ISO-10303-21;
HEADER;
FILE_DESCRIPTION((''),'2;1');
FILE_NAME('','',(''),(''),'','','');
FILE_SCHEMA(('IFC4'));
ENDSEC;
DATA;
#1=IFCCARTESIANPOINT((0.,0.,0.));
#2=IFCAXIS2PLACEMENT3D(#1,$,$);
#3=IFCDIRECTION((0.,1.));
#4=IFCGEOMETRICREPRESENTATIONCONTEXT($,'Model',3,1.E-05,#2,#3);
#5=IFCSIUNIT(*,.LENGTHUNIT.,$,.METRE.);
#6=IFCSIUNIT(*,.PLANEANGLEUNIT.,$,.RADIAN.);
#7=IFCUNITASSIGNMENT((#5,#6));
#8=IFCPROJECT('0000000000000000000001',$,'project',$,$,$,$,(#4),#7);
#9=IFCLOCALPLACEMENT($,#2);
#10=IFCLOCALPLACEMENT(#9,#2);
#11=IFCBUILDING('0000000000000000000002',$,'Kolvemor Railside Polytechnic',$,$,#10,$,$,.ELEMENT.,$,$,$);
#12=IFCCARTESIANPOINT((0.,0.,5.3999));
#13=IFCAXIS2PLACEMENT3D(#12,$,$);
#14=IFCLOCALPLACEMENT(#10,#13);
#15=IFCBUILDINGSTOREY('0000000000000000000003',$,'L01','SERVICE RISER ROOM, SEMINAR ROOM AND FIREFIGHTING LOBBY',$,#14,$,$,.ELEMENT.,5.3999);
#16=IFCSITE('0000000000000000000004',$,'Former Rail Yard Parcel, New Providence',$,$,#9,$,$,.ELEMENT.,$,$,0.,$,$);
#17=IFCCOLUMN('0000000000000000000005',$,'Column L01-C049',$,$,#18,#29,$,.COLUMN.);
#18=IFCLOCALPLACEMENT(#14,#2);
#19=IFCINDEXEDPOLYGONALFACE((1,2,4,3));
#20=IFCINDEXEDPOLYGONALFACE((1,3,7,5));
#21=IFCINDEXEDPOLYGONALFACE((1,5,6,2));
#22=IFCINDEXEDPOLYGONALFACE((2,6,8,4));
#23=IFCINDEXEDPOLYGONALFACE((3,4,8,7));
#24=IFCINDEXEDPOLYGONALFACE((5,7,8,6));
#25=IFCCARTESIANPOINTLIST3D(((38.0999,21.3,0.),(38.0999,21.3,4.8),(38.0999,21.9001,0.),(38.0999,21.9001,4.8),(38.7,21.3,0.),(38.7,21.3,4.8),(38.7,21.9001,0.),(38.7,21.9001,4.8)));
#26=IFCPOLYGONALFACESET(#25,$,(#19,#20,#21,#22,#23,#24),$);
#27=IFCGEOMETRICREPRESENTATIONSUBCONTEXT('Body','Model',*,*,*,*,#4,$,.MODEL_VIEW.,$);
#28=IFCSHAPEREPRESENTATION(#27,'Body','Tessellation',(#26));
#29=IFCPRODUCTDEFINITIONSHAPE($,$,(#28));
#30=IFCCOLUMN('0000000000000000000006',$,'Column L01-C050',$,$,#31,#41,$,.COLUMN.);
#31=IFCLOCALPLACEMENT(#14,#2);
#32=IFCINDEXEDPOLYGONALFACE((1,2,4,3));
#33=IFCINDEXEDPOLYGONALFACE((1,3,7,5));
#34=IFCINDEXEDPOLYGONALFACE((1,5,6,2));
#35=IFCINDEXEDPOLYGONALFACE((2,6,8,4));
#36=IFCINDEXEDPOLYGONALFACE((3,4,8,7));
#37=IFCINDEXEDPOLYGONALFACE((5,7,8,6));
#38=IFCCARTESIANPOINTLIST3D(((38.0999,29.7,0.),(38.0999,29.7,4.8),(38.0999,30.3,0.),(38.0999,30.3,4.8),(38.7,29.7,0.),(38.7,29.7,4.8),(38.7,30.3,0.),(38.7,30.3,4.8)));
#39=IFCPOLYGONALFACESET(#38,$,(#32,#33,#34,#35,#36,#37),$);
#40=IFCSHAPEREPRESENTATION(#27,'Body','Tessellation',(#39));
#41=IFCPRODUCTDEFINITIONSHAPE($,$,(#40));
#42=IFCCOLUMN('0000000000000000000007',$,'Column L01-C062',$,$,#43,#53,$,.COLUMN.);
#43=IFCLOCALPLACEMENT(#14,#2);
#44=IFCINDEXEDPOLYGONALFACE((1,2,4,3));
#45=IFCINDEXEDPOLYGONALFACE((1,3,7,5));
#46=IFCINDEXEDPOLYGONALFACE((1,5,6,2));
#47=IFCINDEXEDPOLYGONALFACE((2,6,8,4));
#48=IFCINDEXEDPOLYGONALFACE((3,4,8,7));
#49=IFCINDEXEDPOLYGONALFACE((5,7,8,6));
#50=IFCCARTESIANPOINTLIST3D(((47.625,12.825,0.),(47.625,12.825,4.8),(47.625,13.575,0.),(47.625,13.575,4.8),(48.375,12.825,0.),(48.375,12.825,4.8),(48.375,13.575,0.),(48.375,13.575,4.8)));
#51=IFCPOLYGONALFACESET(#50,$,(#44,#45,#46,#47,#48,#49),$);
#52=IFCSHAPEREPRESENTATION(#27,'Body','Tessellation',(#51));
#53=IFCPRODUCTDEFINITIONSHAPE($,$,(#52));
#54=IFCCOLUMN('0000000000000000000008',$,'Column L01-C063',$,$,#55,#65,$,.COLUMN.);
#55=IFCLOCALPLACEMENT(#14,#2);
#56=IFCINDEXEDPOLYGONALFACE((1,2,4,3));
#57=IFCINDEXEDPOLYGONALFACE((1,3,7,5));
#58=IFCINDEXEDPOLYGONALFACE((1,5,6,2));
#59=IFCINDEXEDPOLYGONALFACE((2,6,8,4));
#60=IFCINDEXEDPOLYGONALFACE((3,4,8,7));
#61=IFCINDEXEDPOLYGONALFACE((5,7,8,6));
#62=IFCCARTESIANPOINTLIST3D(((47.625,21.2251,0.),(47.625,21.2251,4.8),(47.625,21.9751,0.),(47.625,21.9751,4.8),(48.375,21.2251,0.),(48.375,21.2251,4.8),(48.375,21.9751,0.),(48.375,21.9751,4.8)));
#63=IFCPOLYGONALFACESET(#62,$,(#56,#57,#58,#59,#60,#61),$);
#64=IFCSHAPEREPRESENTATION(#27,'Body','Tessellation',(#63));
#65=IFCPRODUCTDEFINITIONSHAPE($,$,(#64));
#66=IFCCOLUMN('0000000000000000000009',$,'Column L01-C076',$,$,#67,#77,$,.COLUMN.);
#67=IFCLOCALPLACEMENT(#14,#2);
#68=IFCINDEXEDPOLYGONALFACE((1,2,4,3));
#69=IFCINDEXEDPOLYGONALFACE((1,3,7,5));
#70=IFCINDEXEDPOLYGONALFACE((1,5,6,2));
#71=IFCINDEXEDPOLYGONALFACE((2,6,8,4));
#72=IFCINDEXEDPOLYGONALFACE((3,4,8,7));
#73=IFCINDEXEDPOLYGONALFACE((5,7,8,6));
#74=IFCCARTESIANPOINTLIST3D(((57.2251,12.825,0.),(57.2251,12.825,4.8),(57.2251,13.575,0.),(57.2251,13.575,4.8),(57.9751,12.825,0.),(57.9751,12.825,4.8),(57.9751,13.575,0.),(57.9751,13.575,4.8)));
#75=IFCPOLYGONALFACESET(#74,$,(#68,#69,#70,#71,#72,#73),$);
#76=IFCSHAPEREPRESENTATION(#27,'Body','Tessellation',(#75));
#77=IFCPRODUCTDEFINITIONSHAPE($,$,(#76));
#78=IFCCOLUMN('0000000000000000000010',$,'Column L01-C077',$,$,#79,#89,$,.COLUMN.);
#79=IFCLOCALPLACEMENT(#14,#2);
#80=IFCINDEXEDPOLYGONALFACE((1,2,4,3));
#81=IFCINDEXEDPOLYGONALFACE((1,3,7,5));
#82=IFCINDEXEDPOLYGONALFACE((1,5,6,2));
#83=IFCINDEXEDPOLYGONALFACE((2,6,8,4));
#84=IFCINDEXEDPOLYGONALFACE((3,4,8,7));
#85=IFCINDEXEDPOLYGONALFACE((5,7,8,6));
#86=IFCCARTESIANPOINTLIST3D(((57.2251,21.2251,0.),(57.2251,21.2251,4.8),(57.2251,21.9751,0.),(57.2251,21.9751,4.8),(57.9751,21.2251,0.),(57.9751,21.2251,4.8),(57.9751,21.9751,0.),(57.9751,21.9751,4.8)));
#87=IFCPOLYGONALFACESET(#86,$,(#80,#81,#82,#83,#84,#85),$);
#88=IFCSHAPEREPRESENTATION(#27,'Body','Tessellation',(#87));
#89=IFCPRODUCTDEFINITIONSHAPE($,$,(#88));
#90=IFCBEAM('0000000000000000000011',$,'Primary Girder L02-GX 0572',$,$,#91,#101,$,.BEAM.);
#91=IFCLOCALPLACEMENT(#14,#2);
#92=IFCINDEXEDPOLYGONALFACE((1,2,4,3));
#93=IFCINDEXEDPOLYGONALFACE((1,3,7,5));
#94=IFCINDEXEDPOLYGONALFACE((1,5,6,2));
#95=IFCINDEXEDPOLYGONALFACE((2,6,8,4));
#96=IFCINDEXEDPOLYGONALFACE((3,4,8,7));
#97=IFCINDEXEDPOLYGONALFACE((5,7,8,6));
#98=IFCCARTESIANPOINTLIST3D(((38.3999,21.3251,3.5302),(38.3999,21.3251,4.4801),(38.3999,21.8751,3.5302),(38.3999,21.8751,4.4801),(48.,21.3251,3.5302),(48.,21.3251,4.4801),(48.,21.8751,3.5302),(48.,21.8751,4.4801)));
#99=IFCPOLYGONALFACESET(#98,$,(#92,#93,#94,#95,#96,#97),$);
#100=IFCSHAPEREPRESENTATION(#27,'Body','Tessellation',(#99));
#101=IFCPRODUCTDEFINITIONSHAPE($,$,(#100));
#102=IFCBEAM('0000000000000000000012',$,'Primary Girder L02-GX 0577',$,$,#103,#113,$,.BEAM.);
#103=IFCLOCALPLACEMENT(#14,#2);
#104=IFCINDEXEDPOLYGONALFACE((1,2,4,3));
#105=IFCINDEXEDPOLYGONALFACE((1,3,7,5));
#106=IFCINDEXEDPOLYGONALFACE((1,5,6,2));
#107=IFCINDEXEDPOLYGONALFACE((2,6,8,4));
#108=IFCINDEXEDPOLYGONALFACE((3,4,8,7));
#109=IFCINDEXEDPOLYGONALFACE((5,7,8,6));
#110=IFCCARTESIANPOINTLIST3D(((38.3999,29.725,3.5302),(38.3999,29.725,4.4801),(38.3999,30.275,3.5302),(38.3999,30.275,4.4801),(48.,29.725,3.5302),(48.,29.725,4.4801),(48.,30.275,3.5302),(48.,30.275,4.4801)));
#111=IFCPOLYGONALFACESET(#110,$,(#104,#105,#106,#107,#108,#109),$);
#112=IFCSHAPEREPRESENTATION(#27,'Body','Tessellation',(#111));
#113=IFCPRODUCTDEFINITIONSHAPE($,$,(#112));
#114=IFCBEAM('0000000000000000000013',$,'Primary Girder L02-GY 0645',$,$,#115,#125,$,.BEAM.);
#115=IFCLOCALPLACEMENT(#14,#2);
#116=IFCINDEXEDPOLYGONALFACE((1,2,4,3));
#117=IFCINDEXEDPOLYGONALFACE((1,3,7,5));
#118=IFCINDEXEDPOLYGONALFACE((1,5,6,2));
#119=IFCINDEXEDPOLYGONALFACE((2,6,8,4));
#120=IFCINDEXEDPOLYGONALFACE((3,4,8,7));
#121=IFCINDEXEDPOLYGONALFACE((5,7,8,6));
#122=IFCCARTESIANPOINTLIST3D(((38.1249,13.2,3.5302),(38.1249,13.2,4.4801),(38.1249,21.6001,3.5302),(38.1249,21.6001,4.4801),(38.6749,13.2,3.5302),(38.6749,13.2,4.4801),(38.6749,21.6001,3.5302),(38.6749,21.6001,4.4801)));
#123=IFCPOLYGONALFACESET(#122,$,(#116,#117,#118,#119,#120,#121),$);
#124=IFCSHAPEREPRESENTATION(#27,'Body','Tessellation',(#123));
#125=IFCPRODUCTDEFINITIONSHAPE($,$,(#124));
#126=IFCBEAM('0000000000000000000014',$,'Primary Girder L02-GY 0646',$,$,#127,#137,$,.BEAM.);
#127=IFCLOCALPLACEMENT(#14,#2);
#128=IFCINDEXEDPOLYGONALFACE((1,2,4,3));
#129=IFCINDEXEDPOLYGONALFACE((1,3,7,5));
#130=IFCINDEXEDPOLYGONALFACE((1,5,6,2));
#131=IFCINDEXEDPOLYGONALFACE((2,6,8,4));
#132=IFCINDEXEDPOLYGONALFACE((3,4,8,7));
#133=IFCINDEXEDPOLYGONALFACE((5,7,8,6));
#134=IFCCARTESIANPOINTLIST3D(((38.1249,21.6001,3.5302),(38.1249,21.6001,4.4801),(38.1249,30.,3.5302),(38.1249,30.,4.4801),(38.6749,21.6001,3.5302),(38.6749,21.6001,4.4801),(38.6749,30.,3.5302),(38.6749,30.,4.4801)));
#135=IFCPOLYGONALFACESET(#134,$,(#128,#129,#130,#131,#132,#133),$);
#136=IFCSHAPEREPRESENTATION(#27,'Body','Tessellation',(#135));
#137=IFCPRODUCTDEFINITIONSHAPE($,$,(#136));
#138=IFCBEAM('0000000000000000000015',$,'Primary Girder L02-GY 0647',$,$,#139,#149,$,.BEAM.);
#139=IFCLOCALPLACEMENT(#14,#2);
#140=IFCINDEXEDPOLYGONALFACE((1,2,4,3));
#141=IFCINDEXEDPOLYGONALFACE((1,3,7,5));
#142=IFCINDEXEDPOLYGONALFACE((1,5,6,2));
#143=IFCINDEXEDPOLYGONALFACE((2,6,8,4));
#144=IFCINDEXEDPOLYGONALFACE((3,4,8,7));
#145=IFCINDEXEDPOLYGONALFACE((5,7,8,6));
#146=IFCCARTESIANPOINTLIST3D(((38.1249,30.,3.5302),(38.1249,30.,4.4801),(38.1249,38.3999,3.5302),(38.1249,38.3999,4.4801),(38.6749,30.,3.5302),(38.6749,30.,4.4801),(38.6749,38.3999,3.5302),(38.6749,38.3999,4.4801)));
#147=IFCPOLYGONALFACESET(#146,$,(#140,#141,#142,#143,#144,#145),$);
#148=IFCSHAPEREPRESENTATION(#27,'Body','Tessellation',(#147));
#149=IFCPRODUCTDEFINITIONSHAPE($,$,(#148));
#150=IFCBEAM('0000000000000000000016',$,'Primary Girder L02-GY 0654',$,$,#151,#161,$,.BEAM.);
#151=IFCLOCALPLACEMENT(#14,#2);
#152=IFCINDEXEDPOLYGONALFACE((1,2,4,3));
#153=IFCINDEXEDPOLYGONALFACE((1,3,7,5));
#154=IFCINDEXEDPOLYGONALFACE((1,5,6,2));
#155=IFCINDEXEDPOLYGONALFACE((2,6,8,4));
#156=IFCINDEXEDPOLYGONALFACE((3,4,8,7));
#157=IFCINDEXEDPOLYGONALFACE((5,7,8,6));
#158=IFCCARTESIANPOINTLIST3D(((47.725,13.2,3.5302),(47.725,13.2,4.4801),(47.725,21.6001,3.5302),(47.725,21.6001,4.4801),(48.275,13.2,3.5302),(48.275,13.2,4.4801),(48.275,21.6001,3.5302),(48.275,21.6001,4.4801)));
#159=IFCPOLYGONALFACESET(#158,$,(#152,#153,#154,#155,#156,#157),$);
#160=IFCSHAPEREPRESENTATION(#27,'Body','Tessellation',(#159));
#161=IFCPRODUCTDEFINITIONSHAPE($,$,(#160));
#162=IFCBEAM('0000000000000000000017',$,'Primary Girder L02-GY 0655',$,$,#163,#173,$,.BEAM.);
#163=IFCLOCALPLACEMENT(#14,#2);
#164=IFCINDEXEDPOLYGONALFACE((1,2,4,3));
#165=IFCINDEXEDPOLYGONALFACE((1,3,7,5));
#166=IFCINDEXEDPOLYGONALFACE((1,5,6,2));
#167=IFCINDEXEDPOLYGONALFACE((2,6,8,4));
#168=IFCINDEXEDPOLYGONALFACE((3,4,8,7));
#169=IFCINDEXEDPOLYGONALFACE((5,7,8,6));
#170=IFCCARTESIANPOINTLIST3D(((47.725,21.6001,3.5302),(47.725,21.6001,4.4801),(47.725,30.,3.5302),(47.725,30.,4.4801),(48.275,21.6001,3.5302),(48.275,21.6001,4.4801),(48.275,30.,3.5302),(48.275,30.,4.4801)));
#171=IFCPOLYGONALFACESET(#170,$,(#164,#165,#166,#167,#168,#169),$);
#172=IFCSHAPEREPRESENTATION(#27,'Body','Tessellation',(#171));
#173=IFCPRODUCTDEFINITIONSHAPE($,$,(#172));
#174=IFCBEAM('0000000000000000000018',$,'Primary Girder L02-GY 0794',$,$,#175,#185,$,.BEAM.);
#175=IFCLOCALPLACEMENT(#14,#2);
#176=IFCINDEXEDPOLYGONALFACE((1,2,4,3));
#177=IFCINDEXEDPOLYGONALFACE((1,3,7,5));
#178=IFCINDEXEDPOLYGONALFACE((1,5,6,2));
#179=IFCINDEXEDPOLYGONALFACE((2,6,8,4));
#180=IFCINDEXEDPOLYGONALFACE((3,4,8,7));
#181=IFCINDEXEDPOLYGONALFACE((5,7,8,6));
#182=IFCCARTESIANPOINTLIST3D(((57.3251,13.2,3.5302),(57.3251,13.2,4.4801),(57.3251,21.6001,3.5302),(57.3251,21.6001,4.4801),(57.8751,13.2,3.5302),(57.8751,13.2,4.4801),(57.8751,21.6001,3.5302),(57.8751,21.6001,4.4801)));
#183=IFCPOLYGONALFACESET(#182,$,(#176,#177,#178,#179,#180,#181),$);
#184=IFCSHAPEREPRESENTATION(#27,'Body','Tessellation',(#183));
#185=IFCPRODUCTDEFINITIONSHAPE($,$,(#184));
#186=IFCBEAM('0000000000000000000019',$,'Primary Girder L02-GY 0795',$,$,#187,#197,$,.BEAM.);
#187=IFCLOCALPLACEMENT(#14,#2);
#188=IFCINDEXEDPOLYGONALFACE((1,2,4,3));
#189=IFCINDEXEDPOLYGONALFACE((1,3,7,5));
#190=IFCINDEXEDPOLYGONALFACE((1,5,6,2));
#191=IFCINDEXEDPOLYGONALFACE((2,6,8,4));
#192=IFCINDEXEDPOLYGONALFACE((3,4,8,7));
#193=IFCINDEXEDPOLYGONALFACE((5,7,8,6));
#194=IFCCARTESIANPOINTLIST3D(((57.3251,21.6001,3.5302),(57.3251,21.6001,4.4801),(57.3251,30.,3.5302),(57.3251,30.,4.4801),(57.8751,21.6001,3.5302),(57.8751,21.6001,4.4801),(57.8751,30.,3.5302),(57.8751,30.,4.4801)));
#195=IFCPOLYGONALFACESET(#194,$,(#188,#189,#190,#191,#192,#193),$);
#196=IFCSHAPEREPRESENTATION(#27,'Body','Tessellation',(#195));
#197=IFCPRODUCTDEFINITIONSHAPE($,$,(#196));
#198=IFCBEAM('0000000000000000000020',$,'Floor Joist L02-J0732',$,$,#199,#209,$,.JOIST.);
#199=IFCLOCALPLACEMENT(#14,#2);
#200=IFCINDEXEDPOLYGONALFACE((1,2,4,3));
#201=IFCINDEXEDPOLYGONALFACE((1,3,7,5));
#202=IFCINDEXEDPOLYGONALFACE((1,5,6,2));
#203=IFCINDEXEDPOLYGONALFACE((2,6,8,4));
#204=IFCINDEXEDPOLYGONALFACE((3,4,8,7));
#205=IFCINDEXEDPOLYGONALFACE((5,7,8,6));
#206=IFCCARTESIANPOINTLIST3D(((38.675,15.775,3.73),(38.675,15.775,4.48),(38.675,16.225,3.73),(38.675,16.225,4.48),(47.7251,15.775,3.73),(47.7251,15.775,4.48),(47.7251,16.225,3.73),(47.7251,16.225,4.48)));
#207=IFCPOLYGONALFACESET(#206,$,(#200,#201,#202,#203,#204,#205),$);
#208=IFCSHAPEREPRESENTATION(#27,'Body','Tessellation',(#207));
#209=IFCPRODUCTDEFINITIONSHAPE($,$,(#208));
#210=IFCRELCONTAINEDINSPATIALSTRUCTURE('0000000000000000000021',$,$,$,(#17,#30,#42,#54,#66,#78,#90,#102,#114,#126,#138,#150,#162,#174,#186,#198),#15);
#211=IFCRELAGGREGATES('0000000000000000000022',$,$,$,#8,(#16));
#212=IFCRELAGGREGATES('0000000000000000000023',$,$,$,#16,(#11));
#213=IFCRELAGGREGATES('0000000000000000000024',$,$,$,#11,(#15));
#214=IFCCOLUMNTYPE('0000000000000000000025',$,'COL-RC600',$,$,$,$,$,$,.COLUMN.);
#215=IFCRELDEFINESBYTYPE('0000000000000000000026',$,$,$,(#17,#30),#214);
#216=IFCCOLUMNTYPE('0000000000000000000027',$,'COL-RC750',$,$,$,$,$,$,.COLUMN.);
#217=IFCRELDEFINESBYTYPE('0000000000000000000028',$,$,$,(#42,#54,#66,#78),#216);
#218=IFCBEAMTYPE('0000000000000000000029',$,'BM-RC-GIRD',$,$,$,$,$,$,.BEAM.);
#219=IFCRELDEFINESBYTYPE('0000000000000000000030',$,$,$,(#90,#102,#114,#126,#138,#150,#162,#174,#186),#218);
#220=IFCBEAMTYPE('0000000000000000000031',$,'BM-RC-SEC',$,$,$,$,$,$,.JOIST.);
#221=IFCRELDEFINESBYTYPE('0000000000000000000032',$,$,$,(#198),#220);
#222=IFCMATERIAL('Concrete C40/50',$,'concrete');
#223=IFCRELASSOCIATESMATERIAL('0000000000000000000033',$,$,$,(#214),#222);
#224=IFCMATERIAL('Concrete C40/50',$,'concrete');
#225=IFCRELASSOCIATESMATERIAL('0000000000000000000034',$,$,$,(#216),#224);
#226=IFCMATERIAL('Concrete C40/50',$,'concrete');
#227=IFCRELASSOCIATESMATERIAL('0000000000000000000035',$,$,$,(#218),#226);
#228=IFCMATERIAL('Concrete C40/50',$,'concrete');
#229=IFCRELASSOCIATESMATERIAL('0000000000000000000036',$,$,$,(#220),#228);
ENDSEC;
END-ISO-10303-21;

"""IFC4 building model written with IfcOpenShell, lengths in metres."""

from ifc_helpers import new_model, si_unit, direction, frame, origin, origin_2d, place, context, subcontext, project, spatial, rectangle, extrude, material, material_profile, profile_set, type_object, element, save


model = new_model("IFC4")

# Units and contexts
model_context = context("Model", 3, precision=1e-05, world=origin(), true_north=direction((0.0, 1.0)))
body_context = subcontext(model_context, "Body", "Model", "MODEL_VIEW")
ifc_project = project(units=[si_unit("LENGTHUNIT", "METRE"), si_unit("PLANEANGLEUNIT", "RADIAN")], contexts=[model_context])

# Site, building, storey
site_placement = place(None, origin())
site = spatial("IfcSite", under=ifc_project, at=site_placement, Name="Former Rail Yard Parcel, New Providence", CompositionType="ELEMENT", RefElevation=0.0)
building_placement = place(site_placement, origin())
building = spatial("IfcBuilding", under=site, at=building_placement, Name="Kolvemor Railside Polytechnic", CompositionType="ELEMENT")
storey_placement = place(building_placement, frame((0.0, 0.0, 5.3999)))
storey = spatial("IfcBuildingStorey", under=building, at=storey_placement, Name="L01", Description="SERVICE RISER ROOM, SEMINAR ROOM AND FIREFIGHTING LOBBY", CompositionType="ELEMENT", Elevation=5.3999)

# Columns
ifc_material_1 = material(Name="Concrete C40/50", Category="concrete")
ifc_material_profile_1 = material_profile(ifc_material_1, rectangle(XDim=0.6001, YDim=0.6001, at=origin_2d()), Name="RC600x600")
ifc_profile_set_1 = profile_set([ifc_material_profile_1], Name="Concrete C40/50")
column_type_1 = type_object("IfcColumnType", Name="COL-RC600", PredefinedType="COLUMN", material=ifc_profile_set_1)
for number, where, z_axis, x_axis, name in (
    (1, (38.3999, 21.6001, 0.0), (0.0, 0.0, 1.0), (1.0, 0.0, 0.0), "Column L01-C049"),
    (2, (38.3999, 30.0, 0.0), (0.0, 0.0, 1.0), (1.0, 0.0, 0.0), "Column L01-C050"),
):
    element("IfcColumn", number, at=place(storey_placement, frame(where, z_axis=z_axis, x_axis=x_axis)), inside=storey, type_object=column_type_1, Name=name, PredefinedType="COLUMN", context=body_context, shape_type="SweptSolid", body=[
        extrude(rectangle(XDim=0.6001, YDim=0.6001, at=origin_2d()), origin(), (0.0, 0.0, 1.0), 4.8),
    ])
ifc_material_2 = material(Name="Concrete C40/50", Category="concrete")
ifc_material_profile_2 = material_profile(ifc_material_2, rectangle(XDim=0.75, YDim=0.75, at=origin_2d()), Name="RC750x750")
ifc_profile_set_2 = profile_set([ifc_material_profile_2], Name="Concrete C40/50")
column_type_2 = type_object("IfcColumnType", Name="COL-RC750", PredefinedType="COLUMN", material=ifc_profile_set_2)
for number, where, z_axis, x_axis, name in (
    (3, (48.0, 13.2, 0.0), (0.0, 0.0, 1.0), (1.0, 0.0, 0.0), "Column L01-C062"),
    (4, (48.0, 21.6001, 0.0), (0.0, 0.0, 1.0), (1.0, 0.0, 0.0), "Column L01-C063"),
    (5, (57.6001, 13.2, 0.0), (0.0, 0.0, 1.0), (1.0, 0.0, 0.0), "Column L01-C076"),
    (6, (57.6001, 21.6001, 0.0), (0.0, 0.0, 1.0), (1.0, 0.0, 0.0), "Column L01-C077"),
):
    element("IfcColumn", number, at=place(storey_placement, frame(where, z_axis=z_axis, x_axis=x_axis)), inside=storey, type_object=column_type_2, Name=name, PredefinedType="COLUMN", context=body_context, shape_type="SweptSolid", body=[
        extrude(rectangle(XDim=0.75, YDim=0.75, at=origin_2d()), origin(), (0.0, 0.0, 1.0), 4.8),
    ])

# Beams
ifc_material_3 = material(Name="Concrete C40/50", Category="concrete")
ifc_material_profile_3 = material_profile(ifc_material_3, rectangle(XDim=0.55, YDim=0.95, at=origin_2d()), Name="RC550x950")
ifc_profile_set_3 = profile_set([ifc_material_profile_3], Name="Concrete C40/50")
beam_type_1 = type_object("IfcBeamType", Name="BM-RC-GIRD", PredefinedType="BEAM", material=ifc_profile_set_3)
for number, where, z_axis, x_axis, name in (
    (7, (38.3999, 21.6001, 4.0051), (1.0, 0.0, 0.0), (0.0, 1.0, 0.0), "Primary Girder L02-GX 0572"),
    (8, (38.3999, 30.0, 4.0051), (1.0, 0.0, 0.0), (0.0, 1.0, 0.0), "Primary Girder L02-GX 0577"),
):
    element("IfcBeam", number, at=place(storey_placement, frame(where, z_axis=z_axis, x_axis=x_axis)), inside=storey, type_object=beam_type_1, Name=name, PredefinedType="BEAM", context=body_context, shape_type="SweptSolid", body=[
        extrude(rectangle(XDim=0.55, YDim=0.95, at=origin_2d()), origin(), (0.0, 0.0, 1.0), 9.6001),
    ])
beam_1_placement = place(storey_placement, frame((38.3999, 13.2, 4.0051), z_axis=(0.0, 1.0, 0.0), x_axis=(-1.0, 0.0, 0.0)))
element("IfcBeam", 9, at=beam_1_placement, inside=storey, type_object=beam_type_1, Name="Primary Girder L02-GY 0645", PredefinedType="BEAM", context=body_context, shape_type="SweptSolid", body=[
    extrude(rectangle(XDim=0.55, YDim=0.95, at=origin_2d()), origin(), (0.0, 0.0, 1.0), 8.4001),
])
for number, where, z_axis, x_axis, name in (
    (10, (38.3999, 21.6001, 4.0051), (0.0, 1.0, 0.0), (-1.0, 0.0, 0.0), "Primary Girder L02-GY 0646"),
    (11, (38.3999, 30.0, 4.0051), (0.0, 1.0, 0.0), (-1.0, 0.0, 0.0), "Primary Girder L02-GY 0647"),
):
    element("IfcBeam", number, at=place(storey_placement, frame(where, z_axis=z_axis, x_axis=x_axis)), inside=storey, type_object=beam_type_1, Name=name, PredefinedType="BEAM", context=body_context, shape_type="SweptSolid", body=[
        extrude(rectangle(XDim=0.55, YDim=0.95, at=origin_2d()), origin(), (0.0, 0.0, 1.0), 8.3999),
    ])
beam_2_placement = place(storey_placement, frame((48.0, 13.2, 4.0051), z_axis=(0.0, 1.0, 0.0), x_axis=(-1.0, 0.0, 0.0)))
element("IfcBeam", 12, at=beam_2_placement, inside=storey, type_object=beam_type_1, Name="Primary Girder L02-GY 0654", PredefinedType="BEAM", context=body_context, shape_type="SweptSolid", body=[
    extrude(rectangle(XDim=0.55, YDim=0.95, at=origin_2d()), origin(), (0.0, 0.0, 1.0), 8.4001),
])
beam_3_placement = place(storey_placement, frame((48.0, 21.6001, 4.0051), z_axis=(0.0, 1.0, 0.0), x_axis=(-1.0, 0.0, 0.0)))
element("IfcBeam", 13, at=beam_3_placement, inside=storey, type_object=beam_type_1, Name="Primary Girder L02-GY 0655", PredefinedType="BEAM", context=body_context, shape_type="SweptSolid", body=[
    extrude(rectangle(XDim=0.55, YDim=0.95, at=origin_2d()), origin(), (0.0, 0.0, 1.0), 8.3999),
])
beam_4_placement = place(storey_placement, frame((57.6001, 13.2, 4.0051), z_axis=(0.0, 1.0, 0.0), x_axis=(-1.0, 0.0, 0.0)))
element("IfcBeam", 14, at=beam_4_placement, inside=storey, type_object=beam_type_1, Name="Primary Girder L02-GY 0794", PredefinedType="BEAM", context=body_context, shape_type="SweptSolid", body=[
    extrude(rectangle(XDim=0.55, YDim=0.95, at=origin_2d()), origin(), (0.0, 0.0, 1.0), 8.4001),
])
beam_5_placement = place(storey_placement, frame((57.6001, 21.6001, 4.0051), z_axis=(0.0, 1.0, 0.0), x_axis=(-1.0, 0.0, 0.0)))
element("IfcBeam", 15, at=beam_5_placement, inside=storey, type_object=beam_type_1, Name="Primary Girder L02-GY 0795", PredefinedType="BEAM", context=body_context, shape_type="SweptSolid", body=[
    extrude(rectangle(XDim=0.55, YDim=0.95, at=origin_2d()), origin(), (0.0, 0.0, 1.0), 8.3999),
])
ifc_material_4 = material(Name="Concrete C40/50", Category="concrete")
ifc_material_profile_4 = material_profile(ifc_material_4, rectangle(XDim=0.45, YDim=0.75, at=origin_2d()), Name="RC450x750")
ifc_profile_set_4 = profile_set([ifc_material_profile_4], Name="Concrete C40/50")
beam_type_2 = type_object("IfcBeamType", Name="BM-RC-SEC", PredefinedType="JOIST", material=ifc_profile_set_4)
for number, where, z_axis, x_axis, name in (
    (16, (38.675, 16.0, 4.105), (1.0, 0.0, 0.0), (0.0, 1.0, 0.0), "Floor Joist L02-J0732"),
):
    element("IfcBeam", number, at=place(storey_placement, frame(where, z_axis=z_axis, x_axis=x_axis)), inside=storey, type_object=beam_type_2, Name=name, PredefinedType="JOIST", context=body_context, shape_type="SweptSolid", body=[
        extrude(rectangle(XDim=0.45, YDim=0.75, at=origin_2d()), origin(), (0.0, 0.0, 1.0), 9.05),
    ])

save(model, "model.ifc")
